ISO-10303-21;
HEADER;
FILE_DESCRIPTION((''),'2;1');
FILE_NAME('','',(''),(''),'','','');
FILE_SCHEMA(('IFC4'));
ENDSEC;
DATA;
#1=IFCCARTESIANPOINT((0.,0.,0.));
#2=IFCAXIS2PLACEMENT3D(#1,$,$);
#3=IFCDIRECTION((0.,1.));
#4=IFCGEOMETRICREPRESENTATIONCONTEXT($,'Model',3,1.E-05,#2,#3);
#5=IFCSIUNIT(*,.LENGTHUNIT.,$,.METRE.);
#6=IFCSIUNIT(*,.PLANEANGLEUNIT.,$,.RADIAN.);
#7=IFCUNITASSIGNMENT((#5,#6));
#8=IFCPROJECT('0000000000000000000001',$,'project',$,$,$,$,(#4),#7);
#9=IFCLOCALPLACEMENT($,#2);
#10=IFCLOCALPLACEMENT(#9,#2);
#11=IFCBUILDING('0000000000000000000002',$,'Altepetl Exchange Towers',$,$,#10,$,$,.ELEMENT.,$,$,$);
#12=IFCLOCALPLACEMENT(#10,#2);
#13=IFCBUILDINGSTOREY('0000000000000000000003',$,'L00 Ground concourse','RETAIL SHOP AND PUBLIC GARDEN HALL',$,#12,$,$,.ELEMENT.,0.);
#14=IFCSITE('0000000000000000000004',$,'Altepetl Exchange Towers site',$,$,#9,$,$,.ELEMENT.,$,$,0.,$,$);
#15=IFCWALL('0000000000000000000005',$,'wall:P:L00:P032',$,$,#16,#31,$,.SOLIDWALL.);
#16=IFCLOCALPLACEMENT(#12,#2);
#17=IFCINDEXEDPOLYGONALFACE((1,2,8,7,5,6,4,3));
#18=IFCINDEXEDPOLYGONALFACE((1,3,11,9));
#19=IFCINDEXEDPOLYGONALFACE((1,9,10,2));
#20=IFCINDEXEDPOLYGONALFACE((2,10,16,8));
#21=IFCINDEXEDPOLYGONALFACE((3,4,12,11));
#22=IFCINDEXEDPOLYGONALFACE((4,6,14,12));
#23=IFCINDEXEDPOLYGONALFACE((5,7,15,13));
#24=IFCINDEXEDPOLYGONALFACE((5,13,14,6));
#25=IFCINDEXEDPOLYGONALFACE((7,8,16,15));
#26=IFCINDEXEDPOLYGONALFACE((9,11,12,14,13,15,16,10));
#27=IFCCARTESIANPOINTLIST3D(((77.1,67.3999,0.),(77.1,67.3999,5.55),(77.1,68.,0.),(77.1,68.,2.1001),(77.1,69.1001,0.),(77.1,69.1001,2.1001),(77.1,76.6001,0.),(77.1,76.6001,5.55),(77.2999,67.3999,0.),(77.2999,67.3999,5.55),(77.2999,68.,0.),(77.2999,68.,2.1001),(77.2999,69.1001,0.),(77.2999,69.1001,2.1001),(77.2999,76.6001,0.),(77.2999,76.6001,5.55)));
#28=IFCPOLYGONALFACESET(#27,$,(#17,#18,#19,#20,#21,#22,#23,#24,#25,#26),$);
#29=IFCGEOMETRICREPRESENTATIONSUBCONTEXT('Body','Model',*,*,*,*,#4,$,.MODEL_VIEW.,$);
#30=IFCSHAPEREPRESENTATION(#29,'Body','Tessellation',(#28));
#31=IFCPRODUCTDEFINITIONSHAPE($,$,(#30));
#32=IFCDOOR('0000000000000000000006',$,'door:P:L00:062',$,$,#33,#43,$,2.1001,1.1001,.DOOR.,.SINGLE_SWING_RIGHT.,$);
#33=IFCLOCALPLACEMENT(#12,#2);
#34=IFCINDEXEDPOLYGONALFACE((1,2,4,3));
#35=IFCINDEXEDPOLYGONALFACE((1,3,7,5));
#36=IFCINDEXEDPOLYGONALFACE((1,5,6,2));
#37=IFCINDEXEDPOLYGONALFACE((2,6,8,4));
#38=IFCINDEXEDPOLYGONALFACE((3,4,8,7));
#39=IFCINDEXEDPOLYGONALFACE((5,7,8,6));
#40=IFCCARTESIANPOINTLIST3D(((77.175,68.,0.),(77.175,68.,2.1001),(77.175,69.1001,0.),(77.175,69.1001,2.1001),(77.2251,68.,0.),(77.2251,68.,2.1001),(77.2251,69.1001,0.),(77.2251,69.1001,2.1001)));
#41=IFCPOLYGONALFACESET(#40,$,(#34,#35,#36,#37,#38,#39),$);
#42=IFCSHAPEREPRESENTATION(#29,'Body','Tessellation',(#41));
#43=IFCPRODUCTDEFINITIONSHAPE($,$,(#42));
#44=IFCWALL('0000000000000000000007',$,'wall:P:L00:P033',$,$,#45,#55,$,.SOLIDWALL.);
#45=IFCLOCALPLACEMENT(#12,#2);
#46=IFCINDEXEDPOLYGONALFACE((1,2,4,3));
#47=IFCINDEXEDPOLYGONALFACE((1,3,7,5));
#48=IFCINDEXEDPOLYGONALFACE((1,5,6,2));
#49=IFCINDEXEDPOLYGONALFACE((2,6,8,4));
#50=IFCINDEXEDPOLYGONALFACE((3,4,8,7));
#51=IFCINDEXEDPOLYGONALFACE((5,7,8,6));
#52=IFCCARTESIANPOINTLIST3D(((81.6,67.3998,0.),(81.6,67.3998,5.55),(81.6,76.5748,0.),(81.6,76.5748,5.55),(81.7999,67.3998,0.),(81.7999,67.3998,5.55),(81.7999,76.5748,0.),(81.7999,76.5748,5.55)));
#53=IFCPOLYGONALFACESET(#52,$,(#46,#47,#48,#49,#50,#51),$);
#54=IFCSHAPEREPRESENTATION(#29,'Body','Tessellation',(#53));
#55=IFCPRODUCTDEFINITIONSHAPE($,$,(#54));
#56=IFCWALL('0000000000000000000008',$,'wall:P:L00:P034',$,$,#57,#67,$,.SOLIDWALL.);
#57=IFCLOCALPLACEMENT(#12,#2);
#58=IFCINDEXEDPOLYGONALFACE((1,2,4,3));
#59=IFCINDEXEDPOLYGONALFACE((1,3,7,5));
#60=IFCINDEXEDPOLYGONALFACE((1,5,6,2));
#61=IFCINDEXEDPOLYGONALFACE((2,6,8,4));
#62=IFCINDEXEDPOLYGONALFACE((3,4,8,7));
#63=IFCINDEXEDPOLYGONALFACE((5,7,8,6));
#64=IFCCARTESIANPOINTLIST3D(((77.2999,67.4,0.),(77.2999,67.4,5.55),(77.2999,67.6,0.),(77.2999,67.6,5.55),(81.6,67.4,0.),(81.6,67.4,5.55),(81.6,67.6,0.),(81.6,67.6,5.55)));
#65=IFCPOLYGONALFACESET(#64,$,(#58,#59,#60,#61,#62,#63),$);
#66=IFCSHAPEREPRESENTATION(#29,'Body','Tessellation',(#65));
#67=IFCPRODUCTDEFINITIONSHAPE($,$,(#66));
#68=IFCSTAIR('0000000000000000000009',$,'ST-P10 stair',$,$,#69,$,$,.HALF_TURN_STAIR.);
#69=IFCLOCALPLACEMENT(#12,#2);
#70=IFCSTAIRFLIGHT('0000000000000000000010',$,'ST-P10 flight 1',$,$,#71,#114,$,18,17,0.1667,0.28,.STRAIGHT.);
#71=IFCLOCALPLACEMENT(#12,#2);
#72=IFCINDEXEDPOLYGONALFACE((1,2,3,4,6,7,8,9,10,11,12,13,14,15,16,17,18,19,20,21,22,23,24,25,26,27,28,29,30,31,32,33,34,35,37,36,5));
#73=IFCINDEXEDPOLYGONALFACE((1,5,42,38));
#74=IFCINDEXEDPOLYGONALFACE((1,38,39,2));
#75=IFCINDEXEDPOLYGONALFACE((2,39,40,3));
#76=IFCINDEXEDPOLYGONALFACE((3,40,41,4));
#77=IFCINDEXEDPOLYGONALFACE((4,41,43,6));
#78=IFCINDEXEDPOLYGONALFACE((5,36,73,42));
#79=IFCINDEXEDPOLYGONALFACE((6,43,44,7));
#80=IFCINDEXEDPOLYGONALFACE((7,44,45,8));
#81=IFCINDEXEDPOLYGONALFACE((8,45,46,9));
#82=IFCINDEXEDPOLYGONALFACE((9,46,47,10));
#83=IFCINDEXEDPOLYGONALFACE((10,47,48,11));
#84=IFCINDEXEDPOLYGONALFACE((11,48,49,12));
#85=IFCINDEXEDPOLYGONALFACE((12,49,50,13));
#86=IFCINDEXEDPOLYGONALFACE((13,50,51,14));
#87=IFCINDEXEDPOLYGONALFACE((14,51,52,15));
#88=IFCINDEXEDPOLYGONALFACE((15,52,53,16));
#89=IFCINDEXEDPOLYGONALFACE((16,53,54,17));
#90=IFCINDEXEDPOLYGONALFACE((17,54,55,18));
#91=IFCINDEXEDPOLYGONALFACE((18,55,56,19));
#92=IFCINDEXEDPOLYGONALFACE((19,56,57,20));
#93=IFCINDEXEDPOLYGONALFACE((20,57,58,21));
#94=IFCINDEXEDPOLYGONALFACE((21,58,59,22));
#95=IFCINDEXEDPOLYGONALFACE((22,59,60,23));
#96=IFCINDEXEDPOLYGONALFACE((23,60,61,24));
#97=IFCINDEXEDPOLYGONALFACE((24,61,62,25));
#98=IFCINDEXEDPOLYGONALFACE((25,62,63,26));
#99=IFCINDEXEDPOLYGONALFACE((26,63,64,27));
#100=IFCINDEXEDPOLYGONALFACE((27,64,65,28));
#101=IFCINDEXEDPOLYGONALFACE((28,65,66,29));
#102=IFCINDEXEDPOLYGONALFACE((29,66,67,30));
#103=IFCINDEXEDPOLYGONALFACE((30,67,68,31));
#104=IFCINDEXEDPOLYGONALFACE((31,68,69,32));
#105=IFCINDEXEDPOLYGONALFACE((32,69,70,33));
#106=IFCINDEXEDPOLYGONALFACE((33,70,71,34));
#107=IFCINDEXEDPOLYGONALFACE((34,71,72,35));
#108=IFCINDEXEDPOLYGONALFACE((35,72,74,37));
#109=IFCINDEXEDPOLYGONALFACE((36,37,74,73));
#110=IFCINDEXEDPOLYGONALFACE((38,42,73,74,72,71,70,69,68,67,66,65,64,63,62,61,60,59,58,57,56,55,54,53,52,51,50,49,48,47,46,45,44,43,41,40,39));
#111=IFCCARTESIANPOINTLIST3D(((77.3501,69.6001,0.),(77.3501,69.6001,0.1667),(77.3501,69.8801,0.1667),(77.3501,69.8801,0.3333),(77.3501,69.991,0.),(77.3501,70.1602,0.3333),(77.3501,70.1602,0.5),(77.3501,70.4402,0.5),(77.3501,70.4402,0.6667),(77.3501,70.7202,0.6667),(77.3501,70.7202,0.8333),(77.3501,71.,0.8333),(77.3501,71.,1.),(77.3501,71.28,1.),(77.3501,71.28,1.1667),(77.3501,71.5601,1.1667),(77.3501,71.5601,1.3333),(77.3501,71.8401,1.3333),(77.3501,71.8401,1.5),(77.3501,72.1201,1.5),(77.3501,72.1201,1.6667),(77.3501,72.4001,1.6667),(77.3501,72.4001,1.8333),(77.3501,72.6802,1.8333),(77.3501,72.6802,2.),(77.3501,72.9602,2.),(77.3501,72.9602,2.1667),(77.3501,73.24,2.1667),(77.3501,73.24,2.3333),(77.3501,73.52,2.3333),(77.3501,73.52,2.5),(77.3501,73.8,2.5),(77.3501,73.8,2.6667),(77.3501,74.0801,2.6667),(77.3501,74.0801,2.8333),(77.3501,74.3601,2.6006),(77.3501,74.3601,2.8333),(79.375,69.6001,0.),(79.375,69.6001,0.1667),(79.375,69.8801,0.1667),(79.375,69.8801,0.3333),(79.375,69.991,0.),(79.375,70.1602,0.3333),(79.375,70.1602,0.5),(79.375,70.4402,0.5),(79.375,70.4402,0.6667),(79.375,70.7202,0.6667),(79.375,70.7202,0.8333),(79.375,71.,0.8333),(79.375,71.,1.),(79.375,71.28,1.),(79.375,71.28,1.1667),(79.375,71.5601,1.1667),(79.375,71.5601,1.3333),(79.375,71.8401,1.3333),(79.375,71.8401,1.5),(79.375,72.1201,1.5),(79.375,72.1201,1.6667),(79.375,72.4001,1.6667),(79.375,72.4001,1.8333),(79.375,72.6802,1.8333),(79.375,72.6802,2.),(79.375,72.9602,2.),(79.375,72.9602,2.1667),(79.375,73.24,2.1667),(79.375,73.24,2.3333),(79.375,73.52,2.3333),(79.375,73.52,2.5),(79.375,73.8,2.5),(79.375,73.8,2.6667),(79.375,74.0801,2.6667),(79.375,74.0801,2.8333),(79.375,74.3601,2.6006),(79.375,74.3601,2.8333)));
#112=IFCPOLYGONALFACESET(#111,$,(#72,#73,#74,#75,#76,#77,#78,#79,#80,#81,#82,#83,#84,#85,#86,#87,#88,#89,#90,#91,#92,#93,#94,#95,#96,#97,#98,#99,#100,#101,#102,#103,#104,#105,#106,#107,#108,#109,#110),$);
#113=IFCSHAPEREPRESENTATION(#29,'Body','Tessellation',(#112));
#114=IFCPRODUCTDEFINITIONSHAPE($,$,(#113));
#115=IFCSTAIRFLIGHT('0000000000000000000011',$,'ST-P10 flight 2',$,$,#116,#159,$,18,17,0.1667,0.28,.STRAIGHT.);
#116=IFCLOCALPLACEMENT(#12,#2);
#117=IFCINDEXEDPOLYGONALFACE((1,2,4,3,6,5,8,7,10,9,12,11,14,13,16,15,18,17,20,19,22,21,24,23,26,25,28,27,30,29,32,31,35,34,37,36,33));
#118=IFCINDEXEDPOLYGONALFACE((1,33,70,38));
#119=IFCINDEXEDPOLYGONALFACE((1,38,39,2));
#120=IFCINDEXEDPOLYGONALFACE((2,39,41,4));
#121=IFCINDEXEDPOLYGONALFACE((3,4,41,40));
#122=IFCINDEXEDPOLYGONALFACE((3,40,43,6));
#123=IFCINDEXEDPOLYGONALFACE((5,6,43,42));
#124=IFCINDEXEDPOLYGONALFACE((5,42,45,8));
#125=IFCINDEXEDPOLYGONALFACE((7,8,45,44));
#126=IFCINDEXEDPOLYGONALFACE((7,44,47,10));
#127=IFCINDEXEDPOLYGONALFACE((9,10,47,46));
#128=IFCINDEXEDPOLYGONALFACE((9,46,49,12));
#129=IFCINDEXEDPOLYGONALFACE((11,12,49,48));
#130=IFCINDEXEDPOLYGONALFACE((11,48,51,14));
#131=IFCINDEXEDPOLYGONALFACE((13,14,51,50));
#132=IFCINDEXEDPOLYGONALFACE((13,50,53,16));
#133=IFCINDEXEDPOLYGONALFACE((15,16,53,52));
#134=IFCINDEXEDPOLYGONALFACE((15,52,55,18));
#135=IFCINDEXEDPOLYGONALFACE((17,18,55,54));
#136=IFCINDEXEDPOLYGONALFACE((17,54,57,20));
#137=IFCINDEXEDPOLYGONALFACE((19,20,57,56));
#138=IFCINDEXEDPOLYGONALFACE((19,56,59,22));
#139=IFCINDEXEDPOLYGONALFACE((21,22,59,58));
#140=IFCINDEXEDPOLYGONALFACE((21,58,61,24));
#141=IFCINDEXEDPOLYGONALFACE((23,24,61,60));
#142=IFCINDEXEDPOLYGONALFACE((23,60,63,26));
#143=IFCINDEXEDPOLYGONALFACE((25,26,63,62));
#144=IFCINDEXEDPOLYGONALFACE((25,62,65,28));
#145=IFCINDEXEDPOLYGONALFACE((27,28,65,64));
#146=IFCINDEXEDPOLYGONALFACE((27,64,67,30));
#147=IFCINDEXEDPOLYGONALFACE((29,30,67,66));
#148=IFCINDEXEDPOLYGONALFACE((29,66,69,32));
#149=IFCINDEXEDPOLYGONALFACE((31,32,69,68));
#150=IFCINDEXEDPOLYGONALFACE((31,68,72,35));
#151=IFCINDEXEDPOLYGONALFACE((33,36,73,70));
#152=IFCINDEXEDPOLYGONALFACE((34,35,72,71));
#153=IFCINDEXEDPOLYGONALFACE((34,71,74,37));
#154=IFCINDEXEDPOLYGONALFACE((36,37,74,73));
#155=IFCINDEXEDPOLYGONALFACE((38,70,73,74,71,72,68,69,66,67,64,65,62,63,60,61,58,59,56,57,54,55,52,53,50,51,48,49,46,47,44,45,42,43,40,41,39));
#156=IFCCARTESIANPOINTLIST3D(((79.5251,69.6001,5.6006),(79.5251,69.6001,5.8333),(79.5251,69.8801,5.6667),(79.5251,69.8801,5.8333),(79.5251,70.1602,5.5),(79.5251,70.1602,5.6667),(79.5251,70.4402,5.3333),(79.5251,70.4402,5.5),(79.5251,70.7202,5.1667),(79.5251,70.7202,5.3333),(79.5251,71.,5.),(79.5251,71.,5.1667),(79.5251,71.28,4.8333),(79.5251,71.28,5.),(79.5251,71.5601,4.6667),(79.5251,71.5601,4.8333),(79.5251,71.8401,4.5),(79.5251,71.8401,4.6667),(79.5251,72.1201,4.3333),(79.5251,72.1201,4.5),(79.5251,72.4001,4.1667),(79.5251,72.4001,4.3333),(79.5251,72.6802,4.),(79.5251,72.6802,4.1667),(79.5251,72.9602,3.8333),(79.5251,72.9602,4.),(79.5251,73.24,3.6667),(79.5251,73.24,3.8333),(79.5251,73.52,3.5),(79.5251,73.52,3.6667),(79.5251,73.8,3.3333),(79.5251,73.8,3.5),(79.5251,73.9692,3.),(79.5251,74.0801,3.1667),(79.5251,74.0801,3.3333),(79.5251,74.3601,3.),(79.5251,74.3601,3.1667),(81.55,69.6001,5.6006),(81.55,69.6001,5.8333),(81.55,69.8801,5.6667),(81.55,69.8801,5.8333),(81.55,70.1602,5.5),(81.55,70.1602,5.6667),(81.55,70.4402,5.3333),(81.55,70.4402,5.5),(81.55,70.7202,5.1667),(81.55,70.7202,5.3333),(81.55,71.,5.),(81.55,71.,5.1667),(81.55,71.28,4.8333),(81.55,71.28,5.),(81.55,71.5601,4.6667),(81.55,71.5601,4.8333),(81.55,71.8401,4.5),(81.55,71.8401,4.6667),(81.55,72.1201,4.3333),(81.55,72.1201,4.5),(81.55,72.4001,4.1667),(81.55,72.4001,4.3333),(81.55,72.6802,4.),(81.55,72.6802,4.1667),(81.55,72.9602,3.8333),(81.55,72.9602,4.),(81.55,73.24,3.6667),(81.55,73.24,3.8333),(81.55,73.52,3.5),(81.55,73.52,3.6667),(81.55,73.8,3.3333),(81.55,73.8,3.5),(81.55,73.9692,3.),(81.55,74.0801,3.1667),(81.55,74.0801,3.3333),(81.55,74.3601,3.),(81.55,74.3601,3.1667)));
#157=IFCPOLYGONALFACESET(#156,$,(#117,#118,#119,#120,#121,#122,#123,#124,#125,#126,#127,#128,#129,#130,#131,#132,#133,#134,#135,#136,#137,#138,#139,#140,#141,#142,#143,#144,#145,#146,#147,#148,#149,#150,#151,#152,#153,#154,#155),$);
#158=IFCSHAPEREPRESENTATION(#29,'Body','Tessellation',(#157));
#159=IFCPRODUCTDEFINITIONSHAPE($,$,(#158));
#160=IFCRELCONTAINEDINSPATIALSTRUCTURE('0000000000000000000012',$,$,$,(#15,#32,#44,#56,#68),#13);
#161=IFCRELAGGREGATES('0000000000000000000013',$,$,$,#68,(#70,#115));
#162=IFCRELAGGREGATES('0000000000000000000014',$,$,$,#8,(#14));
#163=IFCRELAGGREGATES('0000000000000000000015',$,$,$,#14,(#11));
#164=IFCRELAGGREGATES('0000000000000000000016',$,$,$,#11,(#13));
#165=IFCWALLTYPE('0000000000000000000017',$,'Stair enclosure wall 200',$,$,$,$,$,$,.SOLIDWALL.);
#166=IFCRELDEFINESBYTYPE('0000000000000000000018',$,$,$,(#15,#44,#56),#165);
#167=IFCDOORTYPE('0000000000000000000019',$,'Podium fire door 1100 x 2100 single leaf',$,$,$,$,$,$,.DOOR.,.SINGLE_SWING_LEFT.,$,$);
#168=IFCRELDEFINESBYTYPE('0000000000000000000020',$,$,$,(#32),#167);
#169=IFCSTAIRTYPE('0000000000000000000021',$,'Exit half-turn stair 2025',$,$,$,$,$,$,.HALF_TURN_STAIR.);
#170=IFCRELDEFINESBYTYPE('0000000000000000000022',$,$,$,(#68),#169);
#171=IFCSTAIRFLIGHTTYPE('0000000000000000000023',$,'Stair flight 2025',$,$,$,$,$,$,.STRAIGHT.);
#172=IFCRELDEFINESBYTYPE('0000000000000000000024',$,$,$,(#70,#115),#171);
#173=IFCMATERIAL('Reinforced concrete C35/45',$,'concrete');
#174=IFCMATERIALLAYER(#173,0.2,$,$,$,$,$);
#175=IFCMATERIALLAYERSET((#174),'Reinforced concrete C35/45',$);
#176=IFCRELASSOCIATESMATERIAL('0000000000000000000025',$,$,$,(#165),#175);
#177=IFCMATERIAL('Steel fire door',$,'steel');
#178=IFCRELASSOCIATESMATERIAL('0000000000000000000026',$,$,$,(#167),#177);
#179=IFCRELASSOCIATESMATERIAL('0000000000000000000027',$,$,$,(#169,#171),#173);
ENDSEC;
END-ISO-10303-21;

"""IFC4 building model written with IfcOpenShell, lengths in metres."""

from ifc_helpers import new_model, si_unit, direction, frame, frame_2d, origin, place, context, subcontext, project, spatial, polyline, rectangle, outline, extrude, material, layer, layer_set, type_object, element, fill, aggregate, save


model = new_model("IFC4")

# Units and contexts
model_context = context("Model", 3, precision=1e-05, world=origin(), true_north=direction((0.0, 1.0)))
body_context = subcontext(model_context, "Body", "Model", "MODEL_VIEW")
ifc_project = project(units=[si_unit("LENGTHUNIT", "METRE"), si_unit("PLANEANGLEUNIT", "RADIAN")], contexts=[model_context])

# Site, building, storey
site_placement = place(None, origin())
site = spatial("IfcSite", under=ifc_project, at=site_placement, Name="Altepetl Exchange Towers site", CompositionType="ELEMENT", RefElevation=0.0)
building_placement = place(site_placement, origin())
building = spatial("IfcBuilding", under=site, at=building_placement, Name="Altepetl Exchange Towers", CompositionType="ELEMENT")
storey_placement = place(building_placement, origin())
storey = spatial("IfcBuildingStorey", under=building, at=storey_placement, Name="L00 Ground concourse", Description="RETAIL SHOP AND PUBLIC GARDEN HALL", CompositionType="ELEMENT", Elevation=0.0)

# Wall, opening, door
ifc_material_1 = material(Name="Reinforced concrete C35/45", Category="concrete")
ifc_layer_1 = layer(ifc_material_1, 0.2)
ifc_layer_set_1 = layer_set([ifc_layer_1], Name="Reinforced concrete C35/45")
wall_type_1 = type_object("IfcWallType", Name="Stair enclosure wall 200", PredefinedType="SOLIDWALL", material=ifc_layer_set_1)
wall_1_placement = place(storey_placement, frame((77.2, 67.3999, 0.0), z_axis=(0.0, 0.0, 1.0), x_axis=(0.0, 1.0, 0.0)))
wall_1 = element("IfcWall", 1, at=wall_1_placement, inside=storey, type_object=wall_type_1, Name="wall:P:L00:P032", PredefinedType="SOLIDWALL", context=body_context, shape_type="SweptSolid", body=[
    extrude(rectangle(XDim=9.2002, YDim=0.2, at=frame_2d((4.6001, 0.0))), origin(), (0.0, 0.0, 1.0), 5.55),
])
opening_1_placement = place(wall_1_placement, frame((0.6001, 0.0, 0.0)))
opening_1 = element("IfcOpeningElement", 2, at=opening_1_placement, cuts=wall_1, PredefinedType="OPENING", context=body_context, shape_type="SweptSolid", body=[
    extrude(rectangle(XDim=1.1001, YDim=2.1001, at=frame_2d((0.55, 1.05))), frame((0.0, 0.1099, 0.0), z_axis=(0.0, -1.0, 0.0), x_axis=(1.0, 0.0, 0.0)), (0.0, 0.0, 1.0), 0.22),
])
ifc_material_2 = material(Name="Steel fire door", Category="steel")
door_type_1 = type_object("IfcDoorType", Name="Podium fire door 1100 x 2100 single leaf", OperationType="SINGLE_SWING_LEFT", PredefinedType="DOOR", material=ifc_material_2)
door_1_placement = place(opening_1_placement, origin())
door_1 = element("IfcDoor", 3, at=door_1_placement, inside=storey, type_object=door_type_1, Name="door:P:L00:062", OperationType="SINGLE_SWING_RIGHT", OverallHeight=2.1001, OverallWidth=1.1001, PredefinedType="DOOR", context=body_context, shape_type="SweptSolid", body=[
    extrude(rectangle(XDim=1.1001, YDim=2.1001, at=frame_2d((0.55, 1.05))), frame((0.0, 0.0249, 0.0), z_axis=(0.0, -1.0, 0.0), x_axis=(1.0, 0.0, 0.0)), (0.0, 0.0, 1.0), 0.05),
])
fill(opening_1, door_1)

# Walls
wall_2_placement = place(storey_placement, frame((81.7, 67.3999, 0.0), z_axis=(0.0, 0.0, 1.0), x_axis=(0.0, 1.0, 0.0)))
element("IfcWall", 4, at=wall_2_placement, inside=storey, type_object=wall_type_1, Name="wall:P:L00:P033", PredefinedType="SOLIDWALL", context=body_context, shape_type="SweptSolid", body=[
    extrude(rectangle(XDim=9.175, YDim=0.2, at=frame_2d((4.5874, 0.0))), origin(), (0.0, 0.0, 1.0), 5.55),
])
wall_3_placement = place(storey_placement, frame((77.3, 67.5, 0.0)))
element("IfcWall", 5, at=wall_3_placement, inside=storey, type_object=wall_type_1, Name="wall:P:L00:P034", PredefinedType="SOLIDWALL", context=body_context, shape_type="SweptSolid", body=[
    extrude(rectangle(XDim=4.3, YDim=0.2, at=frame_2d((2.1499, 0.0))), origin(), (0.0, 0.0, 1.0), 5.55),
])

# Stair, stair flights
stair_type = type_object("IfcStairType", Name="Exit half-turn stair 2025", PredefinedType="HALF_TURN_STAIR", material=ifc_material_1)
stair_placement = place(storey_placement, origin())
stair = element("IfcStair", 6, at=stair_placement, inside=storey, type_object=stair_type, Name="ST-P10 stair", PredefinedType="HALF_TURN_STAIR")
stair_flight_type = type_object("IfcStairFlightType", Name="Stair flight 2025", PredefinedType="STRAIGHT", material=ifc_material_1)
stair_flight_1_placement = place(storey_placement, frame((78.3625, 69.6001, 0.0), z_axis=(0.0, 0.0, 1.0), x_axis=(0.0, 1.0, 0.0)))
stair_flight_1 = element("IfcStairFlight", 7, at=stair_flight_1_placement, type_object=stair_flight_type, Name="ST-P10 flight 1", NumberOfRisers=18, NumberOfTreads=17, PredefinedType="STRAIGHT", RiserHeight=0.1667, TreadLength=0.28, context=body_context, shape_type="SweptSolid", body=[
    extrude(outline(polyline([(0.0, 0.0), (0.0, 0.1667), (0.28, 0.1667), (0.28, 0.3333), (0.5601, 0.3333), (0.5601, 0.5), (0.8401, 0.5), (0.8401, 0.6667), (1.1201, 0.6667), (1.1201, 0.8333), (1.3999, 0.8333), (1.3999, 1.0), (1.6799, 1.0), (1.6799, 1.1667), (1.96, 1.1667), (1.96, 1.3333), (2.24, 1.3333), (2.24, 1.5), (2.52, 1.5), (2.52, 1.6667), (2.8, 1.6667), (2.8, 1.8333), (3.0801, 1.8333), (3.0801, 2.0), (3.3601, 2.0), (3.3601, 2.1667), (3.6399, 2.1667), (3.6399, 2.3333), (3.9199, 2.3333), (3.9199, 2.5), (4.2, 2.5), (4.2, 2.6667), (4.48, 2.6667), (4.48, 2.8333), (4.76, 2.8333), (4.76, 3.0), (4.76, 2.6006), (0.3909, 0.0), (0.0, 0.0)])), frame((0.0, 1.0125, 0.0), z_axis=(0.0, -1.0, 0.0), x_axis=(1.0, 0.0, 0.0)), (0.0, 0.0, 1.0), 2.0249),
])
stair_flight_2_placement = place(storey_placement, frame((80.5376, 74.3601, 3.0), z_axis=(0.0, 0.0, 1.0), x_axis=(0.0, -1.0, 0.0)))
stair_flight_2 = element("IfcStairFlight", 8, at=stair_flight_2_placement, type_object=stair_flight_type, Name="ST-P10 flight 2", NumberOfRisers=18, NumberOfTreads=17, PredefinedType="STRAIGHT", RiserHeight=0.1667, TreadLength=0.28, context=body_context, shape_type="SweptSolid", body=[
    extrude(outline(polyline([(0.0, 0.0), (0.0, 0.1667), (0.28, 0.1667), (0.28, 0.3333), (0.5601, 0.3333), (0.5601, 0.5), (0.8401, 0.5), (0.8401, 0.6667), (1.1201, 0.6667), (1.1201, 0.8333), (1.3999, 0.8333), (1.3999, 1.0), (1.6799, 1.0), (1.6799, 1.1667), (1.96, 1.1667), (1.96, 1.3333), (2.24, 1.3333), (2.24, 1.5), (2.52, 1.5), (2.52, 1.6667), (2.8, 1.6667), (2.8, 1.8333), (3.0801, 1.8333), (3.0801, 2.0), (3.3601, 2.0), (3.3601, 2.1667), (3.6399, 2.1667), (3.6399, 2.3333), (3.9199, 2.3333), (3.9199, 2.5), (4.2, 2.5), (4.2, 2.6667), (4.48, 2.6667), (4.48, 2.8333), (4.76, 2.8333), (4.76, 3.0), (4.76, 2.6006), (0.3909, 0.0), (0.0, 0.0)])), frame((0.0, 1.0125, 0.0), z_axis=(0.0, -1.0, 0.0), x_axis=(1.0, 0.0, 0.0)), (0.0, 0.0, 1.0), 2.0249),
])
aggregate(stair, [stair_flight_1, stair_flight_2])

save(model, "model.ifc")
